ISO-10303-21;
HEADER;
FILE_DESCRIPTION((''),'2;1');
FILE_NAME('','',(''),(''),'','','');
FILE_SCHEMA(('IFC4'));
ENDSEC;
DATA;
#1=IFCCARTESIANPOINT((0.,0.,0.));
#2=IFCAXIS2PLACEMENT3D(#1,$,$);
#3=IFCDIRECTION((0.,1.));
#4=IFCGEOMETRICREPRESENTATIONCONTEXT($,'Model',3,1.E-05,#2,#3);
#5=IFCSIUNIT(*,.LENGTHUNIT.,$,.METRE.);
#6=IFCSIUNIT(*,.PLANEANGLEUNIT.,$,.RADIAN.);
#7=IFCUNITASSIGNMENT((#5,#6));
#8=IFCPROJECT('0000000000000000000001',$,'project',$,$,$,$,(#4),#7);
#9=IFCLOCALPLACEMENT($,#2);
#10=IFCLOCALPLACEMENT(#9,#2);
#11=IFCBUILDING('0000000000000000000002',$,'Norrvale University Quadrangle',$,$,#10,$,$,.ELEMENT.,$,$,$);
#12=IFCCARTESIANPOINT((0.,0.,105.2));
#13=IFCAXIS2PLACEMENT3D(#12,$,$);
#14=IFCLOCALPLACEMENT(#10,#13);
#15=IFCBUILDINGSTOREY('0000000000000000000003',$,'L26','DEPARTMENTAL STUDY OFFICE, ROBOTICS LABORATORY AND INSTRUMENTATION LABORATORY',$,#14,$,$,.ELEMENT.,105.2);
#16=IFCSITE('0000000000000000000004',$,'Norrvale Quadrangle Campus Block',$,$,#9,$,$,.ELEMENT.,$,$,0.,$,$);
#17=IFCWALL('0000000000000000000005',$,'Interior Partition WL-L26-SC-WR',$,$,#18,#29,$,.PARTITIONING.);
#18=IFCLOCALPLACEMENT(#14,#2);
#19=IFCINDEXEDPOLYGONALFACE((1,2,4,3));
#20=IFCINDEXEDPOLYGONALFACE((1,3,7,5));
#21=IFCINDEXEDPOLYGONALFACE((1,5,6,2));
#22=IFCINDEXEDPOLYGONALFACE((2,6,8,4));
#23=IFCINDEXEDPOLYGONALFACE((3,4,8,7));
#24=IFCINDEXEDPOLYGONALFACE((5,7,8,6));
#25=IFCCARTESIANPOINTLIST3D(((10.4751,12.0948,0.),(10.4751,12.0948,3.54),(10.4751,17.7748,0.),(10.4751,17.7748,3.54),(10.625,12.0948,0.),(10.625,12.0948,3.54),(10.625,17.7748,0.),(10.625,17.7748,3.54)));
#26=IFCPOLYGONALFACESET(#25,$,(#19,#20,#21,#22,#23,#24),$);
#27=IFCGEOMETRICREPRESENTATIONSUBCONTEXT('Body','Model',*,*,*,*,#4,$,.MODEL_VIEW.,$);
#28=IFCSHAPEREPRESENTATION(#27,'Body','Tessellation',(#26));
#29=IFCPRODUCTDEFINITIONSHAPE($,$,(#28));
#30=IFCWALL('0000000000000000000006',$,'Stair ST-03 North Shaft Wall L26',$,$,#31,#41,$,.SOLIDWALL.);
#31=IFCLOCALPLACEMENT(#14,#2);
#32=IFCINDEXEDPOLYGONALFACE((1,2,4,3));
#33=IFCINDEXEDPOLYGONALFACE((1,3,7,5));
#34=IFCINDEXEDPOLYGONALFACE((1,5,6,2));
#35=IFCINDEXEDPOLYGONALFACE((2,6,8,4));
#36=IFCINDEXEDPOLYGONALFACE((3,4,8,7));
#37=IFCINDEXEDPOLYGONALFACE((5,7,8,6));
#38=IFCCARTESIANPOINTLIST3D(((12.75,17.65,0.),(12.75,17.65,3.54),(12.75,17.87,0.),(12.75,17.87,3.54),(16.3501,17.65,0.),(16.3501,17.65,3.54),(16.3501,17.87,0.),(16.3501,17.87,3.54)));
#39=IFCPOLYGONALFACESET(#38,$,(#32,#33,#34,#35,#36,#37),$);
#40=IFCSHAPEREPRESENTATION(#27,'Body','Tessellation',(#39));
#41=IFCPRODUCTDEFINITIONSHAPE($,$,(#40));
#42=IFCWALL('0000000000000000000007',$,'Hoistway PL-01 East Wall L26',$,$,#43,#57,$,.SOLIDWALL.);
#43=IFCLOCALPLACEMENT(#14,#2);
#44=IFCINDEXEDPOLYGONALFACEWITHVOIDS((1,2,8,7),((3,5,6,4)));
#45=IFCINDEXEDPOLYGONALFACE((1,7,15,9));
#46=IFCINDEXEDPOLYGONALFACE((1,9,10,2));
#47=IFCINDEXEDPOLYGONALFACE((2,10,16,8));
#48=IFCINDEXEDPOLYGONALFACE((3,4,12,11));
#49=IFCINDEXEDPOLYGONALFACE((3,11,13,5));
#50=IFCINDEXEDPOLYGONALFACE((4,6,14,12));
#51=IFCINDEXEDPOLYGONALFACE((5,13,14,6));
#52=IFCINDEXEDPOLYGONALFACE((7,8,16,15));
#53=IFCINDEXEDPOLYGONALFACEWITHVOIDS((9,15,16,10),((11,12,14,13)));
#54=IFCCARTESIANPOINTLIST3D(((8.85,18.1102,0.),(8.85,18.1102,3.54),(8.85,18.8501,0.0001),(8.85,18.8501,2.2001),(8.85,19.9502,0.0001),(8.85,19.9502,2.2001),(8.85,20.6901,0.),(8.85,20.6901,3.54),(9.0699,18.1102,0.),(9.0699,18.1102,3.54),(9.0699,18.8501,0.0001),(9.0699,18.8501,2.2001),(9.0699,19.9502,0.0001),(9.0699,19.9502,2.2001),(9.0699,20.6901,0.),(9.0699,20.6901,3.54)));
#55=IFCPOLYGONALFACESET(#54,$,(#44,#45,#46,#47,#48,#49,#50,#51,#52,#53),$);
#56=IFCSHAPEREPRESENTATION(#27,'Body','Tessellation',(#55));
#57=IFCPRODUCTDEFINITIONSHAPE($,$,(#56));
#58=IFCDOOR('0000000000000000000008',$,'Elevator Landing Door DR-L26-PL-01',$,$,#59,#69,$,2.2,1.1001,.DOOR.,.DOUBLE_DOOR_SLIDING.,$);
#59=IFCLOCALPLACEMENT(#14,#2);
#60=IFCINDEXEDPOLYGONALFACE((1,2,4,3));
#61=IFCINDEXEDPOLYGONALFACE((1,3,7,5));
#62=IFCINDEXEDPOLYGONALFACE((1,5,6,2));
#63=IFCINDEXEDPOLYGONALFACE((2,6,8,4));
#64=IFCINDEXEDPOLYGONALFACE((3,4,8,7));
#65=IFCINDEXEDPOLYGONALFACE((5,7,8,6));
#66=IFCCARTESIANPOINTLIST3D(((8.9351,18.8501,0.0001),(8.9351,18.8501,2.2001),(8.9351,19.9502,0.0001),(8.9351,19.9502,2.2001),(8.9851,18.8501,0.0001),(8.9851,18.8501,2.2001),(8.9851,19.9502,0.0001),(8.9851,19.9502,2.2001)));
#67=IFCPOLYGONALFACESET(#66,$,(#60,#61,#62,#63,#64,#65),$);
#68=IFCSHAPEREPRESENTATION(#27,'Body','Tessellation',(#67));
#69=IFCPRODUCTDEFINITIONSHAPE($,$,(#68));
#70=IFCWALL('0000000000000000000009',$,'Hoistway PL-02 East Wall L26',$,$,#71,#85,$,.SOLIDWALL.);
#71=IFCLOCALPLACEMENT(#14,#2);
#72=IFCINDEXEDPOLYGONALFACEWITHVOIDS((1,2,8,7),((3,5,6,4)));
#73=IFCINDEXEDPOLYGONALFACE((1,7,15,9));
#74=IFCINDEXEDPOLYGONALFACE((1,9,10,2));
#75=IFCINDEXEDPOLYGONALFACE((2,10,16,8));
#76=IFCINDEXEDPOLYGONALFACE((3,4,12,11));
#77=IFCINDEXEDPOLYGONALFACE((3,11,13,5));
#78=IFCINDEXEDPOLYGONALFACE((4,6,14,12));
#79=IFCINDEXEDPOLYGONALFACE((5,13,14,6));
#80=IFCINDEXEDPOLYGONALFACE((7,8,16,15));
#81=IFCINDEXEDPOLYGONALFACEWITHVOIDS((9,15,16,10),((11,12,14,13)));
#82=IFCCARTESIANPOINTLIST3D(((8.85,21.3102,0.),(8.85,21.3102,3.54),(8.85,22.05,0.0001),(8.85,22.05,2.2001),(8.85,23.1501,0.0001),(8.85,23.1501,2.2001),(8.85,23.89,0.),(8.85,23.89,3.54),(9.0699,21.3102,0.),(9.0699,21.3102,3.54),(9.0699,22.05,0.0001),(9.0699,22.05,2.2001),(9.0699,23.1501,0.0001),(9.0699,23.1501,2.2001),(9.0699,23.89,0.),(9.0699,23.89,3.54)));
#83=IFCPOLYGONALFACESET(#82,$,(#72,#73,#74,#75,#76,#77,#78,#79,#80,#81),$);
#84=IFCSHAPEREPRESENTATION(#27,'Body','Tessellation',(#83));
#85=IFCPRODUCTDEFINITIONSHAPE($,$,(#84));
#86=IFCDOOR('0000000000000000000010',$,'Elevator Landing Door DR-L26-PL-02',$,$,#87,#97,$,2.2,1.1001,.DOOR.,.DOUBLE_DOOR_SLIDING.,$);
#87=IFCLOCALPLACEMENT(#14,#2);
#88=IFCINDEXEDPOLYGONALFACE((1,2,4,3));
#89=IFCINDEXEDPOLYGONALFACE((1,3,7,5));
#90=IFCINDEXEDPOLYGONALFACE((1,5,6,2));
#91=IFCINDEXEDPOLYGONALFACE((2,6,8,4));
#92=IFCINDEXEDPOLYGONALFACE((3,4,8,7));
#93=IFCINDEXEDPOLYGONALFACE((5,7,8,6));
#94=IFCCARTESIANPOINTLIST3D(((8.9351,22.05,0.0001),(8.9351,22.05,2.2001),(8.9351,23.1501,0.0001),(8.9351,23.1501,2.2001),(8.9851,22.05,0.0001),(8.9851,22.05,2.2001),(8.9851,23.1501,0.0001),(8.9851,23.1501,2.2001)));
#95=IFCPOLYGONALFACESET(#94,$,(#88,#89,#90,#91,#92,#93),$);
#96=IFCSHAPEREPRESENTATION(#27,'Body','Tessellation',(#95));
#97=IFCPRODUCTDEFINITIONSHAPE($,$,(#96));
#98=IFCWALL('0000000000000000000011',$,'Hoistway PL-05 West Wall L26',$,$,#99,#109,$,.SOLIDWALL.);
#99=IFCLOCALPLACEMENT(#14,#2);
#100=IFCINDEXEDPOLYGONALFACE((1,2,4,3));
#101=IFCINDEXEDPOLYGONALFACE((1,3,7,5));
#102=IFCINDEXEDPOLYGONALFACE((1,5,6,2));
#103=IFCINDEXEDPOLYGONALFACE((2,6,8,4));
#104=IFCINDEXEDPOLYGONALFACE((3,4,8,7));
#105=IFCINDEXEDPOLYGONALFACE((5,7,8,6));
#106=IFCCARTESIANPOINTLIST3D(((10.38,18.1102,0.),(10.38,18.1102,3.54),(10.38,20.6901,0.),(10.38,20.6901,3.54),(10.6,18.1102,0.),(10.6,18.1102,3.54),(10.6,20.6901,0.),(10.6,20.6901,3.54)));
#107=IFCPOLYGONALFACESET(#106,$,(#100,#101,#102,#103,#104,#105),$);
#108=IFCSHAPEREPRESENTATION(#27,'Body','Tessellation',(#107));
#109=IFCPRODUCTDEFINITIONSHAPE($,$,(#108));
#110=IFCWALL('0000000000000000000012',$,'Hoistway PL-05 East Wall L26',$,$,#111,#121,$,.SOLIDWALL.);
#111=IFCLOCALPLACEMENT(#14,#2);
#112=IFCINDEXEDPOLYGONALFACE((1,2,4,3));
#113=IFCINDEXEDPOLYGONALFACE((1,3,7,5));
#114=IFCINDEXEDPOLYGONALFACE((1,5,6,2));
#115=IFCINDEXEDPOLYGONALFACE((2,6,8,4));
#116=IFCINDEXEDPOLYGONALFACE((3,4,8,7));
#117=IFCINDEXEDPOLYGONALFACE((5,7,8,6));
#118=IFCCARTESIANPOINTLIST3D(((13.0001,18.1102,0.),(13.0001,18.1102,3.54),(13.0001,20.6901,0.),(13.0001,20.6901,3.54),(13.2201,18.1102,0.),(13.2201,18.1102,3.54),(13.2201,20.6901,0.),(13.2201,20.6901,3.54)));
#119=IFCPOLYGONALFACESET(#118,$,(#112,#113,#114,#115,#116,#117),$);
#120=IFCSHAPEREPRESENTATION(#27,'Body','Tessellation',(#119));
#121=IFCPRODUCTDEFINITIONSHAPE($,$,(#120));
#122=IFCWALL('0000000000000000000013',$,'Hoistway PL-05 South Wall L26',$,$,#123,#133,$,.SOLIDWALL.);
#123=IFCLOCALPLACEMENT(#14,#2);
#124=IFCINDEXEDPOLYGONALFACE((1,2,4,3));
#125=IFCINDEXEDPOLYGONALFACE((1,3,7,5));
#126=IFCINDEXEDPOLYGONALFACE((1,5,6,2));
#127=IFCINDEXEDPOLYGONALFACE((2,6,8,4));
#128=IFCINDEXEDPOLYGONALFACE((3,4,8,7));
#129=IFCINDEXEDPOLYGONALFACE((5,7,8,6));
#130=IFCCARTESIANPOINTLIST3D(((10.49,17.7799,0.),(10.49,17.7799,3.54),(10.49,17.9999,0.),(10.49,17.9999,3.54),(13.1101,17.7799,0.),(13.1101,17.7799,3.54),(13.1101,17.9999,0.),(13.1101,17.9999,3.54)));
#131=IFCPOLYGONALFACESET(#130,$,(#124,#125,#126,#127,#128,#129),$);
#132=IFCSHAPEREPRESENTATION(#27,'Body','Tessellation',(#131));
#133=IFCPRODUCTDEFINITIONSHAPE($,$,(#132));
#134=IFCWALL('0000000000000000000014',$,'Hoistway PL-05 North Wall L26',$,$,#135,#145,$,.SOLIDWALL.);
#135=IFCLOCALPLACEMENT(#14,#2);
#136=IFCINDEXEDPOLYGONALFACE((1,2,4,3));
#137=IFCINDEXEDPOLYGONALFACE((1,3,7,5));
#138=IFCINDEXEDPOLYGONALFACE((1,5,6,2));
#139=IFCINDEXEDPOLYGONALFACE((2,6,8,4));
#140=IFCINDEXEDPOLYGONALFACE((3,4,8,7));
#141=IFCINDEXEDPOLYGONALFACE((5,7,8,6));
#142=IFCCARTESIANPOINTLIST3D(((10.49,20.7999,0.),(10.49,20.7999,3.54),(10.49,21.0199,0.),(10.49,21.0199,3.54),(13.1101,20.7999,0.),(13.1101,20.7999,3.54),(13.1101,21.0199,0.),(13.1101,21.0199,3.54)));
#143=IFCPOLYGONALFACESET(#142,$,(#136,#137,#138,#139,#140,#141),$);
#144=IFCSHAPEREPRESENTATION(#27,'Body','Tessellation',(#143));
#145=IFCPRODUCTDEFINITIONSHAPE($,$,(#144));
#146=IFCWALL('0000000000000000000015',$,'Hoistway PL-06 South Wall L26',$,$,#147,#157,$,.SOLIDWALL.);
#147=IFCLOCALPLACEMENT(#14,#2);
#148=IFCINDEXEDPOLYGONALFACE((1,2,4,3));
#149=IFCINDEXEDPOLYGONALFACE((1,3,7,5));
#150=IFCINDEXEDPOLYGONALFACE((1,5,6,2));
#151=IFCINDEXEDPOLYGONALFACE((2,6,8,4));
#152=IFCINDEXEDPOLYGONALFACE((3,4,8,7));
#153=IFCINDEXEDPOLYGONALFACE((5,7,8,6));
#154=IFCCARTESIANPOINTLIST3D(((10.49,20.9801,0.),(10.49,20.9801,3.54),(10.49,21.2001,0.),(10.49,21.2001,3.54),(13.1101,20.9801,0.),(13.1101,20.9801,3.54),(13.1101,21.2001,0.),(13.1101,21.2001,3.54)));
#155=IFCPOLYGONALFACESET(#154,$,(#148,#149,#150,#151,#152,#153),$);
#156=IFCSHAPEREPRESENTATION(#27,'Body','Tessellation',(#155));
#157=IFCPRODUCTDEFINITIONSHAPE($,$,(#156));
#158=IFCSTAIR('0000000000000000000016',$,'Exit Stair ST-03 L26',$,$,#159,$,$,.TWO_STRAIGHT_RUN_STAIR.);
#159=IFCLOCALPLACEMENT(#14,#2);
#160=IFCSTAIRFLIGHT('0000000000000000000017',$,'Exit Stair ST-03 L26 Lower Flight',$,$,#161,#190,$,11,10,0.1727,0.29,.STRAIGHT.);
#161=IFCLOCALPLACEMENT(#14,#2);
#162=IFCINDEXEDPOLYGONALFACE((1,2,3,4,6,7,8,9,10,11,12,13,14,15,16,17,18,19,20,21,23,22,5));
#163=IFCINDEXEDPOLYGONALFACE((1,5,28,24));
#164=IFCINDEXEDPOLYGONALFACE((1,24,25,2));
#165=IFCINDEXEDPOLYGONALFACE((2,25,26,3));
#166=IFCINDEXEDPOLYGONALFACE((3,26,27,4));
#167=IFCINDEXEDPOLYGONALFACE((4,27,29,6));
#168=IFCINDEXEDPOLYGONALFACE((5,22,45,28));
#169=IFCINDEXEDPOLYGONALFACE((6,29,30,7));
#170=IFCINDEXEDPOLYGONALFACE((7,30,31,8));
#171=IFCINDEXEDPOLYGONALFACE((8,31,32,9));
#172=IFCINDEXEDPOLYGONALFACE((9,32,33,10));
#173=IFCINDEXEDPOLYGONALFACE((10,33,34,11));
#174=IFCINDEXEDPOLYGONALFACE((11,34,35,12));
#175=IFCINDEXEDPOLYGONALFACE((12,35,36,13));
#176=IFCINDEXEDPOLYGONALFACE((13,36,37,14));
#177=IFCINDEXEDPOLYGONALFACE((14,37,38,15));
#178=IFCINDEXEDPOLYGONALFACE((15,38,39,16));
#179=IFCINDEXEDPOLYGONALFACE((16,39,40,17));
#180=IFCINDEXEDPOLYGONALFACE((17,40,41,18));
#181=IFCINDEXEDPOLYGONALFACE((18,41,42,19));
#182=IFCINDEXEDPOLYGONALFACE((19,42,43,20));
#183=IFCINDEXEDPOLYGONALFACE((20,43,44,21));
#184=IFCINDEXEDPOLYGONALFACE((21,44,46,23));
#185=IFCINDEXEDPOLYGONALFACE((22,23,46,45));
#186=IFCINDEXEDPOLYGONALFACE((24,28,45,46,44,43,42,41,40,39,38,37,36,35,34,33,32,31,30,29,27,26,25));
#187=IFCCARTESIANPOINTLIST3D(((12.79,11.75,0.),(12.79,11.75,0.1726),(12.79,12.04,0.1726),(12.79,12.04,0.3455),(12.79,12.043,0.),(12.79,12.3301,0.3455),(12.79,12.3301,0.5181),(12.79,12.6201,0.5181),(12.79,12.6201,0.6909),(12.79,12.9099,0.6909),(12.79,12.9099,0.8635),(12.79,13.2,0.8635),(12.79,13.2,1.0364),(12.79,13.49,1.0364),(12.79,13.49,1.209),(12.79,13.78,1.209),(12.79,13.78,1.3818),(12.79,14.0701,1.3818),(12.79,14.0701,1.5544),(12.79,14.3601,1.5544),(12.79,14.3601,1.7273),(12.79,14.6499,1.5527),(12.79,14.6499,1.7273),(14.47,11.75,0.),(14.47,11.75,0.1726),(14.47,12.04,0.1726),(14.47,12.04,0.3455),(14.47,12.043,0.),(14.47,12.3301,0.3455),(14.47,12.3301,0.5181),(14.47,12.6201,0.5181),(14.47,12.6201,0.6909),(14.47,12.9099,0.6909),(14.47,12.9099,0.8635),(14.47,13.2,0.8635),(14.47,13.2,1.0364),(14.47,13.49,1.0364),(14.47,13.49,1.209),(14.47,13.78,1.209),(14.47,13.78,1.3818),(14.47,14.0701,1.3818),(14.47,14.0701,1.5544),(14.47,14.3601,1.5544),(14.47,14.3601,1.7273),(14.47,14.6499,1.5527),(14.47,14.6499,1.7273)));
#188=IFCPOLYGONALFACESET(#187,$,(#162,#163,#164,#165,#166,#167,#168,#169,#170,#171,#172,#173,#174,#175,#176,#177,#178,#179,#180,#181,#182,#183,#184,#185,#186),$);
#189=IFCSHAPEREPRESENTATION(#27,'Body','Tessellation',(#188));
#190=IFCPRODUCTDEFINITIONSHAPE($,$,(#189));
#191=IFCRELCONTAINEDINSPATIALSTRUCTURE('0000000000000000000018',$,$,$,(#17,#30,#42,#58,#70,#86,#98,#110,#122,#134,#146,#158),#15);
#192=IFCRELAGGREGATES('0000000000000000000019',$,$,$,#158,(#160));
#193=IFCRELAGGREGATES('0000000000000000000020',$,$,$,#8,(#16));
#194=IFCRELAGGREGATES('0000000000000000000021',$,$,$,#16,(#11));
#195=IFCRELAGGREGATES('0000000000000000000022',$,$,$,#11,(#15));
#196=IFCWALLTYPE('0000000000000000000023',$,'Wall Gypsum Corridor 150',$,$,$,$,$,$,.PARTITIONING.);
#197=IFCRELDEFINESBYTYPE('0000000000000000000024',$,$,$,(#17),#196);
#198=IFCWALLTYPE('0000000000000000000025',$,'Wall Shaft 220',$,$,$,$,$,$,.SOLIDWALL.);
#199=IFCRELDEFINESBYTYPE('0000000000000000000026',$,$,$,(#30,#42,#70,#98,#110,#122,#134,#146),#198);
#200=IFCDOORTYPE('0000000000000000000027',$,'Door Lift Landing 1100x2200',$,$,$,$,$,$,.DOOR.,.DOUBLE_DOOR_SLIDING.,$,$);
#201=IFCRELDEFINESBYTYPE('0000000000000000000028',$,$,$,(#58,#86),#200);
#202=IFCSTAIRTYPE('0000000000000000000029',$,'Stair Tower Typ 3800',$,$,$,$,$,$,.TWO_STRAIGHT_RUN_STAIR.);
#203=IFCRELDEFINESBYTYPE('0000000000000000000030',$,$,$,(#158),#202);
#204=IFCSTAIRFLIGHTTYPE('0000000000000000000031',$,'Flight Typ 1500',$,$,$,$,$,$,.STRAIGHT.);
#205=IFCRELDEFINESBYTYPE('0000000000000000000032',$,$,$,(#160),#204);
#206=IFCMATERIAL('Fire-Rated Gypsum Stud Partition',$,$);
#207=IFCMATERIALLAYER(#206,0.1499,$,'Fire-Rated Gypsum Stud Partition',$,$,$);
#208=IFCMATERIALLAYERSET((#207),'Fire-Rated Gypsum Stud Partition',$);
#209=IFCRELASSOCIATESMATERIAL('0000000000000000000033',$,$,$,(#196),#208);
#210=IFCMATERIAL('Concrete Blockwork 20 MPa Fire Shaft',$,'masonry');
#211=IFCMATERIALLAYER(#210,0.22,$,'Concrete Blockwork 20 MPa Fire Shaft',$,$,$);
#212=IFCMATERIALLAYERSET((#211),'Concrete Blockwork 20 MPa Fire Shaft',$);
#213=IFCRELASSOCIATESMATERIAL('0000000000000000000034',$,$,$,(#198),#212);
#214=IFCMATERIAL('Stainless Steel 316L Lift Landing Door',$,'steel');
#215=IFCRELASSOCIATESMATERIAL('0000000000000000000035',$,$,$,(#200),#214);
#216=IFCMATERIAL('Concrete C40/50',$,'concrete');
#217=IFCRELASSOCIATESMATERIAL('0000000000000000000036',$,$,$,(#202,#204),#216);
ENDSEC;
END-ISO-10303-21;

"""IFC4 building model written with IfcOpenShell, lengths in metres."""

from ifc_helpers import new_model, si_unit, direction, frame, frame_2d, origin, place, context, subcontext, project, spatial, polyline, rectangle, outline, extrude, material, layer, layer_set, type_object, element, fill, aggregate, save


model = new_model("IFC4")

# Units and contexts
model_context = context("Model", 3, precision=1e-05, world=origin(), true_north=direction((0.0, 1.0)))
body_context = subcontext(model_context, "Body", "Model", "MODEL_VIEW")
ifc_project = project(units=[si_unit("LENGTHUNIT", "METRE"), si_unit("PLANEANGLEUNIT", "RADIAN")], contexts=[model_context])

# Site, building, storey
site_placement = place(None, origin())
site = spatial("IfcSite", under=ifc_project, at=site_placement, Name="Norrvale Quadrangle Campus Block", CompositionType="ELEMENT", RefElevation=0.0)
building_placement = place(site_placement, origin())
building = spatial("IfcBuilding", under=site, at=building_placement, Name="Norrvale University Quadrangle", CompositionType="ELEMENT")
storey_placement = place(building_placement, frame((0.0, 0.0, 105.2)))
storey = spatial("IfcBuildingStorey", under=building, at=storey_placement, Name="L26", Description="DEPARTMENTAL STUDY OFFICE, ROBOTICS LABORATORY AND INSTRUMENTATION LABORATORY", CompositionType="ELEMENT", Elevation=105.2)

# Shared definitions
ifc_material_1 = material(Name="Fire-Rated Gypsum Stud Partition")
ifc_layer_1 = layer(ifc_material_1, 0.1499, Name="Fire-Rated Gypsum Stud Partition")
ifc_layer_set_1 = layer_set([ifc_layer_1], Name="Fire-Rated Gypsum Stud Partition")
wall_type_1 = type_object("IfcWallType", Name="Wall Gypsum Corridor 150", PredefinedType="PARTITIONING", material=ifc_layer_set_1)

# Walls
for number, where, z_axis, x_axis, name in (
    (1, (10.55, 12.095, 0.0), (0.0, 0.0, 1.0), (0.0, 1.0, 0.0), "Interior Partition WL-L26-SC-WR"),
):
    element("IfcWall", number, at=place(storey_placement, frame(where, z_axis=z_axis, x_axis=x_axis)), inside=storey, type_object=wall_type_1, Name=name, PredefinedType="PARTITIONING", context=body_context, shape_type="SweptSolid", body=[
        extrude(rectangle(XDim=5.6799, YDim=0.1499, at=frame_2d((2.8398, 0.0))), origin(), (0.0, 0.0, 1.0), 3.54),
    ])
ifc_material_2 = material(Name="Concrete Blockwork 20 MPa Fire Shaft", Category="masonry")
ifc_layer_2 = layer(ifc_material_2, 0.22, Name="Concrete Blockwork 20 MPa Fire Shaft")
ifc_layer_set_2 = layer_set([ifc_layer_2], Name="Concrete Blockwork 20 MPa Fire Shaft")
wall_type_2 = type_object("IfcWallType", Name="Wall Shaft 220", PredefinedType="SOLIDWALL", material=ifc_layer_set_2)
wall_1_placement = place(storey_placement, frame((12.75, 17.76, 0.0), z_axis=(0.0, 0.0, 1.0), x_axis=(1.0, 0.0, 0.0)))
element("IfcWall", 2, at=wall_1_placement, inside=storey, type_object=wall_type_2, Name="Stair ST-03 North Shaft Wall L26", PredefinedType="SOLIDWALL", context=body_context, shape_type="SweptSolid", body=[
    extrude(rectangle(XDim=3.6001, YDim=0.22, at=frame_2d((1.8, 0.0))), origin(), (0.0, 0.0, 1.0), 3.54),
])

# Walls, openings, doors
wall_2_placement = place(storey_placement, frame((8.96, 18.1101, 0.0), z_axis=(0.0, 0.0, 1.0), x_axis=(0.0, 1.0, 0.0)))
wall_2 = element("IfcWall", 3, at=wall_2_placement, inside=storey, type_object=wall_type_2, Name="Hoistway PL-01 East Wall L26", PredefinedType="SOLIDWALL", context=body_context, shape_type="SweptSolid", body=[
    extrude(rectangle(XDim=2.5798, YDim=0.22, at=frame_2d((1.29, 0.0))), origin(), (0.0, 0.0, 1.0), 3.54),
])
opening_1_placement = place(wall_2_placement, frame((0.74, 0.0, 0.0)))
opening_1 = element("IfcOpeningElement", 4, at=opening_1_placement, cuts=wall_2, PredefinedType="OPENING", context=body_context, shape_type="SweptSolid", body=[
    extrude(rectangle(XDim=1.1001, YDim=2.2, at=frame_2d((0.55, 1.1001))), frame((0.0, 0.1221, 0.0), z_axis=(0.0, -1.0, 0.0), x_axis=(1.0, 0.0, 0.0)), (0.0, 0.0, 1.0), 0.2439),
])
ifc_material_3 = material(Name="Stainless Steel 316L Lift Landing Door", Category="steel")
door_type_1 = type_object("IfcDoorType", Name="Door Lift Landing 1100x2200", OperationType="DOUBLE_DOOR_SLIDING", PredefinedType="DOOR", material=ifc_material_3)
door_1_placement = place(opening_1_placement, origin())
door_1 = element("IfcDoor", 5, at=door_1_placement, inside=storey, type_object=door_type_1, Name="Elevator Landing Door DR-L26-PL-01", OperationType="DOUBLE_DOOR_SLIDING", OverallHeight=2.2, OverallWidth=1.1001, PredefinedType="DOOR", context=body_context, shape_type="SweptSolid", body=[
    extrude(rectangle(XDim=1.1001, YDim=2.2, at=frame_2d((0.55, 1.1001))), frame((0.0, 0.0249, 0.0), z_axis=(0.0, -1.0, 0.0), x_axis=(1.0, 0.0, 0.0)), (0.0, 0.0, 1.0), 0.05),
])
fill(opening_1, door_1)
wall_3_placement = place(storey_placement, frame((8.96, 21.3101, 0.0), z_axis=(0.0, 0.0, 1.0), x_axis=(0.0, 1.0, 0.0)))
wall_3 = element("IfcWall", 6, at=wall_3_placement, inside=storey, type_object=wall_type_2, Name="Hoistway PL-02 East Wall L26", PredefinedType="SOLIDWALL", context=body_context, shape_type="SweptSolid", body=[
    extrude(rectangle(XDim=2.5798, YDim=0.22, at=frame_2d((1.29, 0.0))), origin(), (0.0, 0.0, 1.0), 3.54),
])
opening_2_placement = place(wall_3_placement, frame((0.74, 0.0, 0.0)))
opening_2 = element("IfcOpeningElement", 7, at=opening_2_placement, cuts=wall_3, PredefinedType="OPENING", context=body_context, shape_type="SweptSolid", body=[
    extrude(rectangle(XDim=1.1001, YDim=2.2, at=frame_2d((0.55, 1.1001))), frame((0.0, 0.1221, 0.0), z_axis=(0.0, -1.0, 0.0), x_axis=(1.0, 0.0, 0.0)), (0.0, 0.0, 1.0), 0.2439),
])
door_2_placement = place(opening_2_placement, origin())
door_2 = element("IfcDoor", 8, at=door_2_placement, inside=storey, type_object=door_type_1, Name="Elevator Landing Door DR-L26-PL-02", OperationType="DOUBLE_DOOR_SLIDING", OverallHeight=2.2, OverallWidth=1.1001, PredefinedType="DOOR", context=body_context, shape_type="SweptSolid", body=[
    extrude(rectangle(XDim=1.1001, YDim=2.2, at=frame_2d((0.55, 1.1001))), frame((0.0, 0.0249, 0.0), z_axis=(0.0, -1.0, 0.0), x_axis=(1.0, 0.0, 0.0)), (0.0, 0.0, 1.0), 0.05),
])
fill(opening_2, door_2)

# Walls
for number, where, z_axis, x_axis, name in (
    (9, (10.49, 18.1101, 0.0), (0.0, 0.0, 1.0), (0.0, 1.0, 0.0), "Hoistway PL-05 West Wall L26"),
    (10, (13.1101, 18.1101, 0.0), (0.0, 0.0, 1.0), (0.0, 1.0, 0.0), "Hoistway PL-05 East Wall L26"),
):
    element("IfcWall", number, at=place(storey_placement, frame(where, z_axis=z_axis, x_axis=x_axis)), inside=storey, type_object=wall_type_2, Name=name, PredefinedType="SOLIDWALL", context=body_context, shape_type="SweptSolid", body=[
        extrude(rectangle(XDim=2.5798, YDim=0.22, at=frame_2d((1.29, 0.0))), origin(), (0.0, 0.0, 1.0), 3.54),
    ])
for number, where, z_axis, x_axis, name in (
    (11, (10.49, 17.8899, 0.0), (0.0, 0.0, 1.0), (1.0, 0.0, 0.0), "Hoistway PL-05 South Wall L26"),
    (12, (10.49, 20.9099, 0.0), (0.0, 0.0, 1.0), (1.0, 0.0, 0.0), "Hoistway PL-05 North Wall L26"),
    (13, (10.49, 21.0901, 0.0), (0.0, 0.0, 1.0), (1.0, 0.0, 0.0), "Hoistway PL-06 South Wall L26"),
):
    element("IfcWall", number, at=place(storey_placement, frame(where, z_axis=z_axis, x_axis=x_axis)), inside=storey, type_object=wall_type_2, Name=name, PredefinedType="SOLIDWALL", context=body_context, shape_type="SweptSolid", body=[
        extrude(rectangle(XDim=2.6201, YDim=0.22, at=frame_2d((1.3101, 0.0))), origin(), (0.0, 0.0, 1.0), 3.54),
    ])

# Stair, stair flight
ifc_material_4 = material(Name="Concrete C40/50", Category="concrete")
stair_type = type_object("IfcStairType", Name="Stair Tower Typ 3800", PredefinedType="TWO_STRAIGHT_RUN_STAIR", material=ifc_material_4)
stair_placement = place(storey_placement, origin())
stair = element("IfcStair", 14, at=stair_placement, inside=storey, type_object=stair_type, Name="Exit Stair ST-03 L26", PredefinedType="TWO_STRAIGHT_RUN_STAIR")
stair_flight_type = type_object("IfcStairFlightType", Name="Flight Typ 1500", PredefinedType="STRAIGHT", material=ifc_material_4)
stair_flight_1_placement = place(storey_placement, frame((13.6299, 11.75, 0.0), z_axis=(0.0, 0.0, 1.0), x_axis=(0.0, 1.0, 0.0)))
stair_flight_1 = element("IfcStairFlight", 15, at=stair_flight_1_placement, type_object=stair_flight_type, Name="Exit Stair ST-03 L26 Lower Flight", NumberOfRisers=11, NumberOfTreads=10, PredefinedType="STRAIGHT", RiserHeight=0.1727, TreadLength=0.29, context=body_context, shape_type="SweptSolid", body=[
    extrude(outline(polyline([(0.0, 0.0), (0.0, 0.1726), (0.29, 0.1726), (0.29, 0.3455), (0.5801, 0.3455), (0.5801, 0.5181), (0.8701, 0.5181), (0.8701, 0.6909), (1.1599, 0.6909), (1.1599, 0.8635), (1.45, 0.8635), (1.45, 1.0364), (1.74, 1.0364), (1.74, 1.209), (2.03, 1.209), (2.03, 1.3818), (2.3201, 1.3818), (2.3201, 1.5544), (2.6101, 1.5544), (2.6101, 1.7273), (2.8999, 1.7273), (2.8999, 1.8999), (2.8999, 1.5527), (0.293, 0.0), (0.0, 0.0)])), frame((0.0, 0.8398, 0.0), z_axis=(0.0, -1.0, 0.0), x_axis=(1.0, 0.0, 0.0)), (0.0, 0.0, 1.0), 1.6799),
])
aggregate(stair, [stair_flight_1])

save(model, "model.ifc")
